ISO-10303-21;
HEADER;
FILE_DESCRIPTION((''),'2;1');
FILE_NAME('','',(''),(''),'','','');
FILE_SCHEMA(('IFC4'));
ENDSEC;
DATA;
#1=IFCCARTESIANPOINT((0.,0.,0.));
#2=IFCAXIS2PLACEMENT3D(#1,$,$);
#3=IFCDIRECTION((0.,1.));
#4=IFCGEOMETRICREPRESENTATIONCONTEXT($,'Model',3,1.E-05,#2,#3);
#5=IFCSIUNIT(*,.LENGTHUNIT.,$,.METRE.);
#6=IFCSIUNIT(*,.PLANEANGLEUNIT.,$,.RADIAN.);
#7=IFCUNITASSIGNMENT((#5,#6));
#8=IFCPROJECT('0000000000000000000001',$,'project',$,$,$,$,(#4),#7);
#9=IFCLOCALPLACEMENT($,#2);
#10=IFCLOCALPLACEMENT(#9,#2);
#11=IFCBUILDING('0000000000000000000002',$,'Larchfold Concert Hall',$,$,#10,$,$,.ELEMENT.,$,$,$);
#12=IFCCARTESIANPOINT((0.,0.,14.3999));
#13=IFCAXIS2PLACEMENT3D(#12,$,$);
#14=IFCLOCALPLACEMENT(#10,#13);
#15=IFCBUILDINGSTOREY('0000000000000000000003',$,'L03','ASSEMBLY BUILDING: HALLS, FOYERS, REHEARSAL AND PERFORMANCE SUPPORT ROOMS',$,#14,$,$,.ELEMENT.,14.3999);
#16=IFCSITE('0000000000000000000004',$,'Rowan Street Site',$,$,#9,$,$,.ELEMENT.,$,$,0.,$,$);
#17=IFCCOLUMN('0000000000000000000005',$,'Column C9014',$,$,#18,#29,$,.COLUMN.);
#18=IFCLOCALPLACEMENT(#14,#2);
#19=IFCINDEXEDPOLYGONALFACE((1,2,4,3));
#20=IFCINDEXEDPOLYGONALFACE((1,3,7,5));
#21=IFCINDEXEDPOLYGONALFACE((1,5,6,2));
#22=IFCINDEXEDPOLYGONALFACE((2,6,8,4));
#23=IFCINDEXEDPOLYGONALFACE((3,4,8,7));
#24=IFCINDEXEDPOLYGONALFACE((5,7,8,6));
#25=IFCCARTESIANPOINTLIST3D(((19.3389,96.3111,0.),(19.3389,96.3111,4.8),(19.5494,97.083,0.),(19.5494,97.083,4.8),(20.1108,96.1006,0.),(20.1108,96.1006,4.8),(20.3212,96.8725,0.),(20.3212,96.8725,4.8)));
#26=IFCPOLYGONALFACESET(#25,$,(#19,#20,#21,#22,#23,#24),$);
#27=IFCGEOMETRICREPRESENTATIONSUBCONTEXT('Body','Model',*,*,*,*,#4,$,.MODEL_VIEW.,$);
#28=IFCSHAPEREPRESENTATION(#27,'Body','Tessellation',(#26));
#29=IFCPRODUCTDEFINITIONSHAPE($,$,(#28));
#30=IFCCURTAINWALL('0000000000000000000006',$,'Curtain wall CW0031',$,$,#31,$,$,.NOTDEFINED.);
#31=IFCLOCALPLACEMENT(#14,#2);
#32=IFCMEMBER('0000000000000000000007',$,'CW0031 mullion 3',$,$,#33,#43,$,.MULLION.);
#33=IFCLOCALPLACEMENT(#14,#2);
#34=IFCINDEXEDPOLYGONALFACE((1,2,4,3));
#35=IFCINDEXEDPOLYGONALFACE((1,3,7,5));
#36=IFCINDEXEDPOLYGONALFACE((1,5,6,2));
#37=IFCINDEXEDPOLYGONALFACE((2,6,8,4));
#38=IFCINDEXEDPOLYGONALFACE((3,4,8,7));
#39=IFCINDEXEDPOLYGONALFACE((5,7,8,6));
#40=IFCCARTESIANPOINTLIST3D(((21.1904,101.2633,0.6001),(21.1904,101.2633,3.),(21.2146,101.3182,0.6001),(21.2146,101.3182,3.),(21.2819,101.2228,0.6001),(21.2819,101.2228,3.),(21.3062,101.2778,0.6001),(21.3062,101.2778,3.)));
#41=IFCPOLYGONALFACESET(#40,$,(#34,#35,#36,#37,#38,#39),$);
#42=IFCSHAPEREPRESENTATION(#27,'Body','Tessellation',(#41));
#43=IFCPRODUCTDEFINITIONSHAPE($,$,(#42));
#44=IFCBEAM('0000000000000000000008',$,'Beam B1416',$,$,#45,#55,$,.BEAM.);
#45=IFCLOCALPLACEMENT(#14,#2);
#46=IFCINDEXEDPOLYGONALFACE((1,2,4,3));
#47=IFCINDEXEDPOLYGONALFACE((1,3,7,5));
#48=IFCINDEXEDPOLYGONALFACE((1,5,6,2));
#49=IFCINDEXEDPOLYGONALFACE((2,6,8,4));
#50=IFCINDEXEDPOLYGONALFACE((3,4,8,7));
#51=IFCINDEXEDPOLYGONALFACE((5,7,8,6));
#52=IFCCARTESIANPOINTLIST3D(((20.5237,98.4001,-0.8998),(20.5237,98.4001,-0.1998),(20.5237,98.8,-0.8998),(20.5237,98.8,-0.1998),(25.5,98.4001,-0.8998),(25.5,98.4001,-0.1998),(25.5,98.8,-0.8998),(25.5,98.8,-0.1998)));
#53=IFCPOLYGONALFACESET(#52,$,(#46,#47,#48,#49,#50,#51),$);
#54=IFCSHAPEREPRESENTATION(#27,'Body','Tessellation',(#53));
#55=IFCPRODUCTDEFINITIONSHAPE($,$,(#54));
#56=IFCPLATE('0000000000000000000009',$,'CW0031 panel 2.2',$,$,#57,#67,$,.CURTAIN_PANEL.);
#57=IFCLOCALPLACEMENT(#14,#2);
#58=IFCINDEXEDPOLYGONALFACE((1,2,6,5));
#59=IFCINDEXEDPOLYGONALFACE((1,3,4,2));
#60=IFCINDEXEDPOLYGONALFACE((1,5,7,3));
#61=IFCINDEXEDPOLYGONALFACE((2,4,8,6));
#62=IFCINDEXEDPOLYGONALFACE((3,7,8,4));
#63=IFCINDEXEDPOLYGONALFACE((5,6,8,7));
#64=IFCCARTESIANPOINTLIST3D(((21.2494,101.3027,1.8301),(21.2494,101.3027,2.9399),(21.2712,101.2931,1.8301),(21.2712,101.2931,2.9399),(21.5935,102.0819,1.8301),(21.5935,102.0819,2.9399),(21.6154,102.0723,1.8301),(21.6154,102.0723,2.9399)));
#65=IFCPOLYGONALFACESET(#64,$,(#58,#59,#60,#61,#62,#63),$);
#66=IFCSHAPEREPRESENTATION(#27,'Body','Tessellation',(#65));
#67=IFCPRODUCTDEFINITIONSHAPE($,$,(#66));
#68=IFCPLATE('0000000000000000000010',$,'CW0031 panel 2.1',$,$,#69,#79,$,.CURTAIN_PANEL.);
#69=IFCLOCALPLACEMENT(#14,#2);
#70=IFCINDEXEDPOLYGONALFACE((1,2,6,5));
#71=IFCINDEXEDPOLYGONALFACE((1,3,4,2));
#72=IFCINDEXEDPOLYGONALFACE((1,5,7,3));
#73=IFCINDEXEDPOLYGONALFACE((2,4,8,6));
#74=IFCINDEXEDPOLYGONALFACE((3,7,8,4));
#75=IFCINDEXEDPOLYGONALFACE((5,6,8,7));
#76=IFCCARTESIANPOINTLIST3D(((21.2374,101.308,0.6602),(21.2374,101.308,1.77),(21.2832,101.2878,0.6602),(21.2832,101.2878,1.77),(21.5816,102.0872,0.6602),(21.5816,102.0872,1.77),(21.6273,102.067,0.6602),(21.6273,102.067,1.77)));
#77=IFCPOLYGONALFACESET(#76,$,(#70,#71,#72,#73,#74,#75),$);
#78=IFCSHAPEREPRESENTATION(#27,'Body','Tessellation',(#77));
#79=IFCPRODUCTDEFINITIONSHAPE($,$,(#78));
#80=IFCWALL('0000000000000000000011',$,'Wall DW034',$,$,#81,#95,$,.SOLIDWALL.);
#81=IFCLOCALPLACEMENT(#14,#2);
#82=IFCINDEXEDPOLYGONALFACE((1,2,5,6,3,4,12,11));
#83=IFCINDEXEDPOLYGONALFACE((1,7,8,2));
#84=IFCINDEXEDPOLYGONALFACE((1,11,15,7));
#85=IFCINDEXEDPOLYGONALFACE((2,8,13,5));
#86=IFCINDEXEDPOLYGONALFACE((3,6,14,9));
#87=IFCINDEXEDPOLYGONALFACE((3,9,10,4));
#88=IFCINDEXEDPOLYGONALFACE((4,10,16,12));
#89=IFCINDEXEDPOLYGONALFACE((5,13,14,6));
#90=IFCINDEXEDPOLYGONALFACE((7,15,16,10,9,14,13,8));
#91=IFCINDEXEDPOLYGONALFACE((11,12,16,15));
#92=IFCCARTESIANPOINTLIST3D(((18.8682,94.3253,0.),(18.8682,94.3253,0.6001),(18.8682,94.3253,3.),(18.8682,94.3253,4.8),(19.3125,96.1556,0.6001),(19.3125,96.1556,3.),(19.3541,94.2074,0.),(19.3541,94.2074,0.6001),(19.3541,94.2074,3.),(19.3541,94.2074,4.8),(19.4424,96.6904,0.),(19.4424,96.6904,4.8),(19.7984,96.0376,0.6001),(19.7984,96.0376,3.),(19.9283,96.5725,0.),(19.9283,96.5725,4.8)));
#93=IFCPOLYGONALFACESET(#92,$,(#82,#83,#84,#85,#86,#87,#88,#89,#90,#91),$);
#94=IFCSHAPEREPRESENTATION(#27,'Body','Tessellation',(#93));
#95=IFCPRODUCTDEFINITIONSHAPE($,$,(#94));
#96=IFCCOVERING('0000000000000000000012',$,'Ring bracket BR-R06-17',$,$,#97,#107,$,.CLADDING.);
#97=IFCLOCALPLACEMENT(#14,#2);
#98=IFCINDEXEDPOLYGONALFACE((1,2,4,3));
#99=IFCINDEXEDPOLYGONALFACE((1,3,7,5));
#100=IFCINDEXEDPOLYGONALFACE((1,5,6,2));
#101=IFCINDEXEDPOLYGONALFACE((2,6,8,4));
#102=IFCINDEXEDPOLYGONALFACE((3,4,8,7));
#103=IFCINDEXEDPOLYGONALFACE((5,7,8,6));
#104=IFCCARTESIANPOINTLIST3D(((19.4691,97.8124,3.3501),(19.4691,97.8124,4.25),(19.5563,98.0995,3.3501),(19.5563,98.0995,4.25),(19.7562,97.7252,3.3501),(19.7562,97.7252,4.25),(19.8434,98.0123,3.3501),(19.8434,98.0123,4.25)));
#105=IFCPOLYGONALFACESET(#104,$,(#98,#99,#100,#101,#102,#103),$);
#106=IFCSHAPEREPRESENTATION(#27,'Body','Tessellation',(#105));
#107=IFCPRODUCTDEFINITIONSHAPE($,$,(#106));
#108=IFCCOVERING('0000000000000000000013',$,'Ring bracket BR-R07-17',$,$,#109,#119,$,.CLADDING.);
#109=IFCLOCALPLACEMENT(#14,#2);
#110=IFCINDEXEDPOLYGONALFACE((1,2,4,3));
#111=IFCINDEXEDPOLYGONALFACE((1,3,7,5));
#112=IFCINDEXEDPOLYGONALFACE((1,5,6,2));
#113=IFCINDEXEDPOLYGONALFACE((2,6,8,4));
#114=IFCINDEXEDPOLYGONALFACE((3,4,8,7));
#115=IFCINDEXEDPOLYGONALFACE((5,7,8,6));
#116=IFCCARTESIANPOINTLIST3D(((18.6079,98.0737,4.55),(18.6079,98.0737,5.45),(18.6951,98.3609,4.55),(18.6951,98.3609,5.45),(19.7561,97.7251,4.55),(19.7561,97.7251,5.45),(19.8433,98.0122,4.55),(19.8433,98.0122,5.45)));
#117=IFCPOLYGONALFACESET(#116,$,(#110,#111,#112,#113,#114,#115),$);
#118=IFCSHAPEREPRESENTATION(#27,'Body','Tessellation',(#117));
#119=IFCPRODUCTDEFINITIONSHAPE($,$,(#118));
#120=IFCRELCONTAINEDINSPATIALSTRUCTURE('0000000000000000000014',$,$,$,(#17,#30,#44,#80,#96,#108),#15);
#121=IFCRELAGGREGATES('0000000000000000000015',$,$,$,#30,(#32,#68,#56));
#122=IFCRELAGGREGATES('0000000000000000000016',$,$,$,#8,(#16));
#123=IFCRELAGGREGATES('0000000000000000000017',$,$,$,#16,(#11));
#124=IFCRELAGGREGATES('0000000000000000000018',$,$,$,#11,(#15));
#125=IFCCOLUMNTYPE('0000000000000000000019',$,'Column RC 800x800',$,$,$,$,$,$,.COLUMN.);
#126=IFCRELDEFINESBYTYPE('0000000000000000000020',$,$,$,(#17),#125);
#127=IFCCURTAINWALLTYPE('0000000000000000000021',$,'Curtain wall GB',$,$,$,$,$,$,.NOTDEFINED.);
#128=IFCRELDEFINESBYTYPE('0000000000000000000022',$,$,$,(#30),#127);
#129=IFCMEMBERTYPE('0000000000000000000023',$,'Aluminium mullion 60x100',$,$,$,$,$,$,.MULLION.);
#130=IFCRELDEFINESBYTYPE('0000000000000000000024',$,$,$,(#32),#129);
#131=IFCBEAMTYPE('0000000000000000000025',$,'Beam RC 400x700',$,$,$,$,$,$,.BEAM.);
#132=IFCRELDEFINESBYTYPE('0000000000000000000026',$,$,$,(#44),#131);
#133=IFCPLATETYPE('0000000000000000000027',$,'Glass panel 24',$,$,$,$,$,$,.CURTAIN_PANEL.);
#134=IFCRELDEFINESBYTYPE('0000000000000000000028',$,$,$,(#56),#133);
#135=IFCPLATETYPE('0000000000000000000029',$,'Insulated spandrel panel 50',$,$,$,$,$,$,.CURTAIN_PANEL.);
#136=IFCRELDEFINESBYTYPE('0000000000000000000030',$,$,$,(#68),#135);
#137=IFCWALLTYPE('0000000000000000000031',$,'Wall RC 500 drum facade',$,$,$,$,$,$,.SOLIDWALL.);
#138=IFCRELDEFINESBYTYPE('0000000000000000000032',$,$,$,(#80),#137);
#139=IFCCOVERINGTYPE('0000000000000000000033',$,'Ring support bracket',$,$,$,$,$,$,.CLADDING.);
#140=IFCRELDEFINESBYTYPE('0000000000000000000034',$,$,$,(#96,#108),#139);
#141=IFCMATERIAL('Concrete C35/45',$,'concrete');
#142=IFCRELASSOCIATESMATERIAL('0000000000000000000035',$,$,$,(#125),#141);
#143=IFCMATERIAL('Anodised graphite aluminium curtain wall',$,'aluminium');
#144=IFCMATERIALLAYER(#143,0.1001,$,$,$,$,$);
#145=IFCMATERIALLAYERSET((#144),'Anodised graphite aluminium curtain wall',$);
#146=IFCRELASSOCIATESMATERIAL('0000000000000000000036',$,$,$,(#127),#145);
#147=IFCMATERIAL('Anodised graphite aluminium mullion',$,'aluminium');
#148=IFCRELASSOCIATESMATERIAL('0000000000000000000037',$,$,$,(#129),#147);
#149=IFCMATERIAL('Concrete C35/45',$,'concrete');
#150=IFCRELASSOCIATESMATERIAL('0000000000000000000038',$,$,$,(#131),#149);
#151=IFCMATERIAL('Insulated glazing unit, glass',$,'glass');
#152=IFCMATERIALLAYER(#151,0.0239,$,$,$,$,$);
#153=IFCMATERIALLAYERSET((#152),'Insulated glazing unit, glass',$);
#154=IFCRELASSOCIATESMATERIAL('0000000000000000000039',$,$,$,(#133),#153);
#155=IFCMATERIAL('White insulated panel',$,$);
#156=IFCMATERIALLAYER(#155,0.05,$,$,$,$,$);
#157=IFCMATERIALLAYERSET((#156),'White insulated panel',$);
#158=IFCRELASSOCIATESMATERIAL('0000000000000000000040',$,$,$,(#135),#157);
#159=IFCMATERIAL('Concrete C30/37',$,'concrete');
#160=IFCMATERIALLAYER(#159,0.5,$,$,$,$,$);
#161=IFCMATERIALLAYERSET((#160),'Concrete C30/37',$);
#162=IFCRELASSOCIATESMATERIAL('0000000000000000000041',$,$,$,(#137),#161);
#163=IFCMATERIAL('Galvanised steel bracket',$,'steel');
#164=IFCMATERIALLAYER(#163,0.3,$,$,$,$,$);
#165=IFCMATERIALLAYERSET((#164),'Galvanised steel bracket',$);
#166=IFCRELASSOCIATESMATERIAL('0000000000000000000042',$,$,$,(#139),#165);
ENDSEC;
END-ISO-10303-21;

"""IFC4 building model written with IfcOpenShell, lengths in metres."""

from ifc_helpers import new_model, si_unit, direction, frame, frame_2d, origin, origin_2d, place, context, subcontext, project, spatial, rectangle, extrude, material, layer, layer_set, material_profile, profile_set, type_object, element, aggregate, save


model = new_model("IFC4")

# Units and contexts
model_context = context("Model", 3, precision=1e-05, world=origin(), true_north=direction((0.0, 1.0)))
body_context = subcontext(model_context, "Body", "Model", "MODEL_VIEW")
ifc_project = project(units=[si_unit("LENGTHUNIT", "METRE"), si_unit("PLANEANGLEUNIT", "RADIAN")], contexts=[model_context])

# Site, building, storey
site_placement = place(None, origin())
site = spatial("IfcSite", under=ifc_project, at=site_placement, Name="Rowan Street Site", CompositionType="ELEMENT", RefElevation=0.0)
building_placement = place(site_placement, origin())
building = spatial("IfcBuilding", under=site, at=building_placement, Name="Larchfold Concert Hall", CompositionType="ELEMENT")
storey_placement = place(building_placement, frame((0.0, 0.0, 14.3999)))
storey = spatial("IfcBuildingStorey", under=building, at=storey_placement, Name="L03", Description="ASSEMBLY BUILDING: HALLS, FOYERS, REHEARSAL AND PERFORMANCE SUPPORT ROOMS", CompositionType="ELEMENT", Elevation=14.3999)

# Column
ifc_material_1 = material(Name="Concrete C35/45", Category="concrete")
ifc_material_profile_1 = material_profile(ifc_material_1, rectangle(XDim=0.8, YDim=0.8, at=origin_2d()))
ifc_profile_set_1 = profile_set([ifc_material_profile_1], Name="Concrete C35/45")
column_type = type_object("IfcColumnType", Name="Column RC 800x800", PredefinedType="COLUMN", material=ifc_profile_set_1)
column_placement = place(storey_placement, frame((19.8301, 96.5918, 0.0), z_axis=(0.0, 0.0, 1.0), x_axis=(0.263031, 0.964788, 0.0)))
element("IfcColumn", 1, at=column_placement, inside=storey, type_object=column_type, Name="Column C9014", PredefinedType="COLUMN", context=body_context, shape_type="SweptSolid", body=[
    extrude(rectangle(XDim=0.8, YDim=0.8, at=origin_2d()), origin(), (0.0, 0.0, 1.0), 4.8),
])

# Curtain wall, member
ifc_material_2 = material(Name="Anodised graphite aluminium curtain wall", Category="aluminium")
ifc_layer_1 = layer(ifc_material_2, 0.1001)
ifc_layer_set_1 = layer_set([ifc_layer_1], Name="Anodised graphite aluminium curtain wall")
curtain_wall_type = type_object("IfcCurtainWallType", Name="Curtain wall GB", PredefinedType="NOTDEFINED", material=ifc_layer_set_1)
curtain_wall_1_placement = place(storey_placement, origin())
curtain_wall_1 = element("IfcCurtainWall", 2, at=curtain_wall_1_placement, inside=storey, type_object=curtain_wall_type, Name="Curtain wall CW0031", PredefinedType="NOTDEFINED")
ifc_material_3 = material(Name="Anodised graphite aluminium mullion", Category="aluminium")
ifc_material_profile_2 = material_profile(ifc_material_3, rectangle(XDim=0.1001, YDim=0.0601, at=origin_2d()))
ifc_profile_set_2 = profile_set([ifc_material_profile_2], Name="Anodised graphite aluminium mullion")
member_type_1 = type_object("IfcMemberType", Name="Aluminium mullion 60x100", PredefinedType="MULLION", material=ifc_profile_set_2)
member_1_placement = place(storey_placement, frame((21.2483, 101.2705, 0.6001), z_axis=(0.0, 0.0, 1.0), x_axis=(0.914745, -0.404033, 0.0)))
member_1 = element("IfcMember", 3, at=member_1_placement, type_object=member_type_1, Name="CW0031 mullion 3", PredefinedType="MULLION", context=body_context, shape_type="SweptSolid", body=[
    extrude(rectangle(XDim=0.1001, YDim=0.0601, at=origin_2d()), origin(), (0.0, 0.0, 1.0), 2.3999),
])

# Beam
ifc_material_4 = material(Name="Concrete C35/45", Category="concrete")
ifc_material_profile_3 = material_profile(ifc_material_4, rectangle(XDim=0.3999, YDim=0.7, at=origin_2d()))
ifc_profile_set_3 = profile_set([ifc_material_profile_3], Name="Concrete C35/45")
beam_type = type_object("IfcBeamType", Name="Beam RC 400x700", PredefinedType="BEAM", material=ifc_profile_set_3)
beam_placement = place(storey_placement, frame((20.5237, 98.6001, -0.5498), z_axis=(1.0, 0.0, 0.0), x_axis=(0.0, 1.0, 0.0)))
element("IfcBeam", 4, at=beam_placement, inside=storey, type_object=beam_type, Name="Beam B1416", PredefinedType="BEAM", context=body_context, shape_type="SweptSolid", body=[
    extrude(rectangle(XDim=0.3999, YDim=0.7, at=origin_2d()), origin(), (0.0, 0.0, 1.0), 4.9763),
])

# Plates
ifc_material_5 = material(Name="Insulated glazing unit, glass", Category="glass")
ifc_layer_2 = layer(ifc_material_5, 0.0239)
ifc_layer_set_2 = layer_set([ifc_layer_2], Name="Insulated glazing unit, glass")
plate_type_1 = type_object("IfcPlateType", Name="Glass panel 24", PredefinedType="CURTAIN_PANEL", material=ifc_layer_set_2)
plate_1_placement = place(storey_placement, frame((21.4324, 101.6875, 1.8301), z_axis=(0.0, 0.0, 1.0), x_axis=(-0.404033, -0.914745, 0.0)))
plate_1 = element("IfcPlate", 5, at=plate_1_placement, type_object=plate_type_1, Name="CW0031 panel 2.2", PredefinedType="CURTAIN_PANEL", context=body_context, shape_type="SweptSolid", body=[
    extrude(rectangle(XDim=0.8518, YDim=0.0239, at=origin_2d()), origin(), (0.0, 0.0, 1.0), 1.1099),
])
ifc_material_6 = material(Name="White insulated panel")
ifc_layer_3 = layer(ifc_material_6, 0.05)
ifc_layer_set_3 = layer_set([ifc_layer_3], Name="White insulated panel")
plate_type_2 = type_object("IfcPlateType", Name="Insulated spandrel panel 50", PredefinedType="CURTAIN_PANEL", material=ifc_layer_set_3)
plate_2_placement = place(storey_placement, frame((21.4324, 101.6875, 0.6602), z_axis=(0.0, 0.0, 1.0), x_axis=(-0.404033, -0.914745, 0.0)))
plate_2 = element("IfcPlate", 6, at=plate_2_placement, type_object=plate_type_2, Name="CW0031 panel 2.1", PredefinedType="CURTAIN_PANEL", context=body_context, shape_type="SweptSolid", body=[
    extrude(rectangle(XDim=0.8518, YDim=0.05, at=origin_2d()), origin(), (0.0, 0.0, 1.0), 1.1099),
])
aggregate(curtain_wall_1, [member_1, plate_2, plate_1])

# Wall, opening
ifc_material_7 = material(Name="Concrete C30/37", Category="concrete")
ifc_layer_4 = layer(ifc_material_7, 0.5)
ifc_layer_set_4 = layer_set([ifc_layer_4], Name="Concrete C30/37")
wall_type = type_object("IfcWallType", Name="Wall RC 500 drum facade", PredefinedType="SOLIDWALL", material=ifc_layer_set_4)
wall_1_placement = place(storey_placement, frame((19.6853, 96.6313, 0.0), z_axis=(0.0, 0.0, 1.0), x_axis=(-0.235922, -0.971772, 0.0)))
wall_1 = element("IfcWall", 7, at=wall_1_placement, inside=storey, type_object=wall_type, Name="Wall DW034", PredefinedType="SOLIDWALL", context=body_context, shape_type="SweptSolid", body=[
    extrude(rectangle(XDim=2.4338, YDim=0.5, at=frame_2d((1.2168, 0.0))), origin(), (0.0, 0.0, 1.0), 4.8),
])
opening_1_placement = place(wall_1_placement, frame((0.5503, 0.0, 0.6001)))
element("IfcOpeningElement", 8, at=opening_1_placement, cuts=wall_1, PredefinedType="OPENING", context=body_context, shape_type="SweptSolid", body=[
    extrude(rectangle(XDim=1.8838, YDim=2.3999, at=frame_2d((0.9419, 1.2))), frame((0.0, 0.26, 0.0), z_axis=(0.0, -1.0, 0.0), x_axis=(1.0, 0.0, 0.0)), (0.0, 0.0, 1.0), 0.52),
])

# Coverings
ifc_material_8 = material(Name="Galvanised steel bracket", Category="steel")
ifc_layer_5 = layer(ifc_material_8, 0.3)
ifc_layer_set_5 = layer_set([ifc_layer_5], Name="Galvanised steel bracket")
covering_type = type_object("IfcCoveringType", Name="Ring support bracket", PredefinedType="CLADDING", material=ifc_layer_set_5)
covering_1_placement = place(storey_placement, frame((19.6562, 97.9124, 3.3501), z_axis=(0.0, 0.0, 1.0), x_axis=(-0.956855, 0.290566, 0.0)))
element("IfcCovering", 9, at=covering_1_placement, inside=storey, type_object=covering_type, Name="Ring bracket BR-R06-17", PredefinedType="CLADDING", context=body_context, shape_type="SweptSolid", body=[
    extrude(rectangle(XDim=0.3, YDim=0.3, at=origin_2d()), origin(), (0.0, 0.0, 1.0), 0.8999),
])
covering_2_placement = place(storey_placement, frame((19.2256, 98.043, 4.55), z_axis=(0.0, 0.0, 1.0), x_axis=(-0.956855, 0.290566, 0.0)))
element("IfcCovering", 10, at=covering_2_placement, inside=storey, type_object=covering_type, Name="Ring bracket BR-R07-17", PredefinedType="CLADDING", context=body_context, shape_type="SweptSolid", body=[
    extrude(rectangle(XDim=1.2, YDim=0.3, at=origin_2d()), origin(), (0.0, 0.0, 1.0), 0.8999),
])

save(model, "model.ifc")
